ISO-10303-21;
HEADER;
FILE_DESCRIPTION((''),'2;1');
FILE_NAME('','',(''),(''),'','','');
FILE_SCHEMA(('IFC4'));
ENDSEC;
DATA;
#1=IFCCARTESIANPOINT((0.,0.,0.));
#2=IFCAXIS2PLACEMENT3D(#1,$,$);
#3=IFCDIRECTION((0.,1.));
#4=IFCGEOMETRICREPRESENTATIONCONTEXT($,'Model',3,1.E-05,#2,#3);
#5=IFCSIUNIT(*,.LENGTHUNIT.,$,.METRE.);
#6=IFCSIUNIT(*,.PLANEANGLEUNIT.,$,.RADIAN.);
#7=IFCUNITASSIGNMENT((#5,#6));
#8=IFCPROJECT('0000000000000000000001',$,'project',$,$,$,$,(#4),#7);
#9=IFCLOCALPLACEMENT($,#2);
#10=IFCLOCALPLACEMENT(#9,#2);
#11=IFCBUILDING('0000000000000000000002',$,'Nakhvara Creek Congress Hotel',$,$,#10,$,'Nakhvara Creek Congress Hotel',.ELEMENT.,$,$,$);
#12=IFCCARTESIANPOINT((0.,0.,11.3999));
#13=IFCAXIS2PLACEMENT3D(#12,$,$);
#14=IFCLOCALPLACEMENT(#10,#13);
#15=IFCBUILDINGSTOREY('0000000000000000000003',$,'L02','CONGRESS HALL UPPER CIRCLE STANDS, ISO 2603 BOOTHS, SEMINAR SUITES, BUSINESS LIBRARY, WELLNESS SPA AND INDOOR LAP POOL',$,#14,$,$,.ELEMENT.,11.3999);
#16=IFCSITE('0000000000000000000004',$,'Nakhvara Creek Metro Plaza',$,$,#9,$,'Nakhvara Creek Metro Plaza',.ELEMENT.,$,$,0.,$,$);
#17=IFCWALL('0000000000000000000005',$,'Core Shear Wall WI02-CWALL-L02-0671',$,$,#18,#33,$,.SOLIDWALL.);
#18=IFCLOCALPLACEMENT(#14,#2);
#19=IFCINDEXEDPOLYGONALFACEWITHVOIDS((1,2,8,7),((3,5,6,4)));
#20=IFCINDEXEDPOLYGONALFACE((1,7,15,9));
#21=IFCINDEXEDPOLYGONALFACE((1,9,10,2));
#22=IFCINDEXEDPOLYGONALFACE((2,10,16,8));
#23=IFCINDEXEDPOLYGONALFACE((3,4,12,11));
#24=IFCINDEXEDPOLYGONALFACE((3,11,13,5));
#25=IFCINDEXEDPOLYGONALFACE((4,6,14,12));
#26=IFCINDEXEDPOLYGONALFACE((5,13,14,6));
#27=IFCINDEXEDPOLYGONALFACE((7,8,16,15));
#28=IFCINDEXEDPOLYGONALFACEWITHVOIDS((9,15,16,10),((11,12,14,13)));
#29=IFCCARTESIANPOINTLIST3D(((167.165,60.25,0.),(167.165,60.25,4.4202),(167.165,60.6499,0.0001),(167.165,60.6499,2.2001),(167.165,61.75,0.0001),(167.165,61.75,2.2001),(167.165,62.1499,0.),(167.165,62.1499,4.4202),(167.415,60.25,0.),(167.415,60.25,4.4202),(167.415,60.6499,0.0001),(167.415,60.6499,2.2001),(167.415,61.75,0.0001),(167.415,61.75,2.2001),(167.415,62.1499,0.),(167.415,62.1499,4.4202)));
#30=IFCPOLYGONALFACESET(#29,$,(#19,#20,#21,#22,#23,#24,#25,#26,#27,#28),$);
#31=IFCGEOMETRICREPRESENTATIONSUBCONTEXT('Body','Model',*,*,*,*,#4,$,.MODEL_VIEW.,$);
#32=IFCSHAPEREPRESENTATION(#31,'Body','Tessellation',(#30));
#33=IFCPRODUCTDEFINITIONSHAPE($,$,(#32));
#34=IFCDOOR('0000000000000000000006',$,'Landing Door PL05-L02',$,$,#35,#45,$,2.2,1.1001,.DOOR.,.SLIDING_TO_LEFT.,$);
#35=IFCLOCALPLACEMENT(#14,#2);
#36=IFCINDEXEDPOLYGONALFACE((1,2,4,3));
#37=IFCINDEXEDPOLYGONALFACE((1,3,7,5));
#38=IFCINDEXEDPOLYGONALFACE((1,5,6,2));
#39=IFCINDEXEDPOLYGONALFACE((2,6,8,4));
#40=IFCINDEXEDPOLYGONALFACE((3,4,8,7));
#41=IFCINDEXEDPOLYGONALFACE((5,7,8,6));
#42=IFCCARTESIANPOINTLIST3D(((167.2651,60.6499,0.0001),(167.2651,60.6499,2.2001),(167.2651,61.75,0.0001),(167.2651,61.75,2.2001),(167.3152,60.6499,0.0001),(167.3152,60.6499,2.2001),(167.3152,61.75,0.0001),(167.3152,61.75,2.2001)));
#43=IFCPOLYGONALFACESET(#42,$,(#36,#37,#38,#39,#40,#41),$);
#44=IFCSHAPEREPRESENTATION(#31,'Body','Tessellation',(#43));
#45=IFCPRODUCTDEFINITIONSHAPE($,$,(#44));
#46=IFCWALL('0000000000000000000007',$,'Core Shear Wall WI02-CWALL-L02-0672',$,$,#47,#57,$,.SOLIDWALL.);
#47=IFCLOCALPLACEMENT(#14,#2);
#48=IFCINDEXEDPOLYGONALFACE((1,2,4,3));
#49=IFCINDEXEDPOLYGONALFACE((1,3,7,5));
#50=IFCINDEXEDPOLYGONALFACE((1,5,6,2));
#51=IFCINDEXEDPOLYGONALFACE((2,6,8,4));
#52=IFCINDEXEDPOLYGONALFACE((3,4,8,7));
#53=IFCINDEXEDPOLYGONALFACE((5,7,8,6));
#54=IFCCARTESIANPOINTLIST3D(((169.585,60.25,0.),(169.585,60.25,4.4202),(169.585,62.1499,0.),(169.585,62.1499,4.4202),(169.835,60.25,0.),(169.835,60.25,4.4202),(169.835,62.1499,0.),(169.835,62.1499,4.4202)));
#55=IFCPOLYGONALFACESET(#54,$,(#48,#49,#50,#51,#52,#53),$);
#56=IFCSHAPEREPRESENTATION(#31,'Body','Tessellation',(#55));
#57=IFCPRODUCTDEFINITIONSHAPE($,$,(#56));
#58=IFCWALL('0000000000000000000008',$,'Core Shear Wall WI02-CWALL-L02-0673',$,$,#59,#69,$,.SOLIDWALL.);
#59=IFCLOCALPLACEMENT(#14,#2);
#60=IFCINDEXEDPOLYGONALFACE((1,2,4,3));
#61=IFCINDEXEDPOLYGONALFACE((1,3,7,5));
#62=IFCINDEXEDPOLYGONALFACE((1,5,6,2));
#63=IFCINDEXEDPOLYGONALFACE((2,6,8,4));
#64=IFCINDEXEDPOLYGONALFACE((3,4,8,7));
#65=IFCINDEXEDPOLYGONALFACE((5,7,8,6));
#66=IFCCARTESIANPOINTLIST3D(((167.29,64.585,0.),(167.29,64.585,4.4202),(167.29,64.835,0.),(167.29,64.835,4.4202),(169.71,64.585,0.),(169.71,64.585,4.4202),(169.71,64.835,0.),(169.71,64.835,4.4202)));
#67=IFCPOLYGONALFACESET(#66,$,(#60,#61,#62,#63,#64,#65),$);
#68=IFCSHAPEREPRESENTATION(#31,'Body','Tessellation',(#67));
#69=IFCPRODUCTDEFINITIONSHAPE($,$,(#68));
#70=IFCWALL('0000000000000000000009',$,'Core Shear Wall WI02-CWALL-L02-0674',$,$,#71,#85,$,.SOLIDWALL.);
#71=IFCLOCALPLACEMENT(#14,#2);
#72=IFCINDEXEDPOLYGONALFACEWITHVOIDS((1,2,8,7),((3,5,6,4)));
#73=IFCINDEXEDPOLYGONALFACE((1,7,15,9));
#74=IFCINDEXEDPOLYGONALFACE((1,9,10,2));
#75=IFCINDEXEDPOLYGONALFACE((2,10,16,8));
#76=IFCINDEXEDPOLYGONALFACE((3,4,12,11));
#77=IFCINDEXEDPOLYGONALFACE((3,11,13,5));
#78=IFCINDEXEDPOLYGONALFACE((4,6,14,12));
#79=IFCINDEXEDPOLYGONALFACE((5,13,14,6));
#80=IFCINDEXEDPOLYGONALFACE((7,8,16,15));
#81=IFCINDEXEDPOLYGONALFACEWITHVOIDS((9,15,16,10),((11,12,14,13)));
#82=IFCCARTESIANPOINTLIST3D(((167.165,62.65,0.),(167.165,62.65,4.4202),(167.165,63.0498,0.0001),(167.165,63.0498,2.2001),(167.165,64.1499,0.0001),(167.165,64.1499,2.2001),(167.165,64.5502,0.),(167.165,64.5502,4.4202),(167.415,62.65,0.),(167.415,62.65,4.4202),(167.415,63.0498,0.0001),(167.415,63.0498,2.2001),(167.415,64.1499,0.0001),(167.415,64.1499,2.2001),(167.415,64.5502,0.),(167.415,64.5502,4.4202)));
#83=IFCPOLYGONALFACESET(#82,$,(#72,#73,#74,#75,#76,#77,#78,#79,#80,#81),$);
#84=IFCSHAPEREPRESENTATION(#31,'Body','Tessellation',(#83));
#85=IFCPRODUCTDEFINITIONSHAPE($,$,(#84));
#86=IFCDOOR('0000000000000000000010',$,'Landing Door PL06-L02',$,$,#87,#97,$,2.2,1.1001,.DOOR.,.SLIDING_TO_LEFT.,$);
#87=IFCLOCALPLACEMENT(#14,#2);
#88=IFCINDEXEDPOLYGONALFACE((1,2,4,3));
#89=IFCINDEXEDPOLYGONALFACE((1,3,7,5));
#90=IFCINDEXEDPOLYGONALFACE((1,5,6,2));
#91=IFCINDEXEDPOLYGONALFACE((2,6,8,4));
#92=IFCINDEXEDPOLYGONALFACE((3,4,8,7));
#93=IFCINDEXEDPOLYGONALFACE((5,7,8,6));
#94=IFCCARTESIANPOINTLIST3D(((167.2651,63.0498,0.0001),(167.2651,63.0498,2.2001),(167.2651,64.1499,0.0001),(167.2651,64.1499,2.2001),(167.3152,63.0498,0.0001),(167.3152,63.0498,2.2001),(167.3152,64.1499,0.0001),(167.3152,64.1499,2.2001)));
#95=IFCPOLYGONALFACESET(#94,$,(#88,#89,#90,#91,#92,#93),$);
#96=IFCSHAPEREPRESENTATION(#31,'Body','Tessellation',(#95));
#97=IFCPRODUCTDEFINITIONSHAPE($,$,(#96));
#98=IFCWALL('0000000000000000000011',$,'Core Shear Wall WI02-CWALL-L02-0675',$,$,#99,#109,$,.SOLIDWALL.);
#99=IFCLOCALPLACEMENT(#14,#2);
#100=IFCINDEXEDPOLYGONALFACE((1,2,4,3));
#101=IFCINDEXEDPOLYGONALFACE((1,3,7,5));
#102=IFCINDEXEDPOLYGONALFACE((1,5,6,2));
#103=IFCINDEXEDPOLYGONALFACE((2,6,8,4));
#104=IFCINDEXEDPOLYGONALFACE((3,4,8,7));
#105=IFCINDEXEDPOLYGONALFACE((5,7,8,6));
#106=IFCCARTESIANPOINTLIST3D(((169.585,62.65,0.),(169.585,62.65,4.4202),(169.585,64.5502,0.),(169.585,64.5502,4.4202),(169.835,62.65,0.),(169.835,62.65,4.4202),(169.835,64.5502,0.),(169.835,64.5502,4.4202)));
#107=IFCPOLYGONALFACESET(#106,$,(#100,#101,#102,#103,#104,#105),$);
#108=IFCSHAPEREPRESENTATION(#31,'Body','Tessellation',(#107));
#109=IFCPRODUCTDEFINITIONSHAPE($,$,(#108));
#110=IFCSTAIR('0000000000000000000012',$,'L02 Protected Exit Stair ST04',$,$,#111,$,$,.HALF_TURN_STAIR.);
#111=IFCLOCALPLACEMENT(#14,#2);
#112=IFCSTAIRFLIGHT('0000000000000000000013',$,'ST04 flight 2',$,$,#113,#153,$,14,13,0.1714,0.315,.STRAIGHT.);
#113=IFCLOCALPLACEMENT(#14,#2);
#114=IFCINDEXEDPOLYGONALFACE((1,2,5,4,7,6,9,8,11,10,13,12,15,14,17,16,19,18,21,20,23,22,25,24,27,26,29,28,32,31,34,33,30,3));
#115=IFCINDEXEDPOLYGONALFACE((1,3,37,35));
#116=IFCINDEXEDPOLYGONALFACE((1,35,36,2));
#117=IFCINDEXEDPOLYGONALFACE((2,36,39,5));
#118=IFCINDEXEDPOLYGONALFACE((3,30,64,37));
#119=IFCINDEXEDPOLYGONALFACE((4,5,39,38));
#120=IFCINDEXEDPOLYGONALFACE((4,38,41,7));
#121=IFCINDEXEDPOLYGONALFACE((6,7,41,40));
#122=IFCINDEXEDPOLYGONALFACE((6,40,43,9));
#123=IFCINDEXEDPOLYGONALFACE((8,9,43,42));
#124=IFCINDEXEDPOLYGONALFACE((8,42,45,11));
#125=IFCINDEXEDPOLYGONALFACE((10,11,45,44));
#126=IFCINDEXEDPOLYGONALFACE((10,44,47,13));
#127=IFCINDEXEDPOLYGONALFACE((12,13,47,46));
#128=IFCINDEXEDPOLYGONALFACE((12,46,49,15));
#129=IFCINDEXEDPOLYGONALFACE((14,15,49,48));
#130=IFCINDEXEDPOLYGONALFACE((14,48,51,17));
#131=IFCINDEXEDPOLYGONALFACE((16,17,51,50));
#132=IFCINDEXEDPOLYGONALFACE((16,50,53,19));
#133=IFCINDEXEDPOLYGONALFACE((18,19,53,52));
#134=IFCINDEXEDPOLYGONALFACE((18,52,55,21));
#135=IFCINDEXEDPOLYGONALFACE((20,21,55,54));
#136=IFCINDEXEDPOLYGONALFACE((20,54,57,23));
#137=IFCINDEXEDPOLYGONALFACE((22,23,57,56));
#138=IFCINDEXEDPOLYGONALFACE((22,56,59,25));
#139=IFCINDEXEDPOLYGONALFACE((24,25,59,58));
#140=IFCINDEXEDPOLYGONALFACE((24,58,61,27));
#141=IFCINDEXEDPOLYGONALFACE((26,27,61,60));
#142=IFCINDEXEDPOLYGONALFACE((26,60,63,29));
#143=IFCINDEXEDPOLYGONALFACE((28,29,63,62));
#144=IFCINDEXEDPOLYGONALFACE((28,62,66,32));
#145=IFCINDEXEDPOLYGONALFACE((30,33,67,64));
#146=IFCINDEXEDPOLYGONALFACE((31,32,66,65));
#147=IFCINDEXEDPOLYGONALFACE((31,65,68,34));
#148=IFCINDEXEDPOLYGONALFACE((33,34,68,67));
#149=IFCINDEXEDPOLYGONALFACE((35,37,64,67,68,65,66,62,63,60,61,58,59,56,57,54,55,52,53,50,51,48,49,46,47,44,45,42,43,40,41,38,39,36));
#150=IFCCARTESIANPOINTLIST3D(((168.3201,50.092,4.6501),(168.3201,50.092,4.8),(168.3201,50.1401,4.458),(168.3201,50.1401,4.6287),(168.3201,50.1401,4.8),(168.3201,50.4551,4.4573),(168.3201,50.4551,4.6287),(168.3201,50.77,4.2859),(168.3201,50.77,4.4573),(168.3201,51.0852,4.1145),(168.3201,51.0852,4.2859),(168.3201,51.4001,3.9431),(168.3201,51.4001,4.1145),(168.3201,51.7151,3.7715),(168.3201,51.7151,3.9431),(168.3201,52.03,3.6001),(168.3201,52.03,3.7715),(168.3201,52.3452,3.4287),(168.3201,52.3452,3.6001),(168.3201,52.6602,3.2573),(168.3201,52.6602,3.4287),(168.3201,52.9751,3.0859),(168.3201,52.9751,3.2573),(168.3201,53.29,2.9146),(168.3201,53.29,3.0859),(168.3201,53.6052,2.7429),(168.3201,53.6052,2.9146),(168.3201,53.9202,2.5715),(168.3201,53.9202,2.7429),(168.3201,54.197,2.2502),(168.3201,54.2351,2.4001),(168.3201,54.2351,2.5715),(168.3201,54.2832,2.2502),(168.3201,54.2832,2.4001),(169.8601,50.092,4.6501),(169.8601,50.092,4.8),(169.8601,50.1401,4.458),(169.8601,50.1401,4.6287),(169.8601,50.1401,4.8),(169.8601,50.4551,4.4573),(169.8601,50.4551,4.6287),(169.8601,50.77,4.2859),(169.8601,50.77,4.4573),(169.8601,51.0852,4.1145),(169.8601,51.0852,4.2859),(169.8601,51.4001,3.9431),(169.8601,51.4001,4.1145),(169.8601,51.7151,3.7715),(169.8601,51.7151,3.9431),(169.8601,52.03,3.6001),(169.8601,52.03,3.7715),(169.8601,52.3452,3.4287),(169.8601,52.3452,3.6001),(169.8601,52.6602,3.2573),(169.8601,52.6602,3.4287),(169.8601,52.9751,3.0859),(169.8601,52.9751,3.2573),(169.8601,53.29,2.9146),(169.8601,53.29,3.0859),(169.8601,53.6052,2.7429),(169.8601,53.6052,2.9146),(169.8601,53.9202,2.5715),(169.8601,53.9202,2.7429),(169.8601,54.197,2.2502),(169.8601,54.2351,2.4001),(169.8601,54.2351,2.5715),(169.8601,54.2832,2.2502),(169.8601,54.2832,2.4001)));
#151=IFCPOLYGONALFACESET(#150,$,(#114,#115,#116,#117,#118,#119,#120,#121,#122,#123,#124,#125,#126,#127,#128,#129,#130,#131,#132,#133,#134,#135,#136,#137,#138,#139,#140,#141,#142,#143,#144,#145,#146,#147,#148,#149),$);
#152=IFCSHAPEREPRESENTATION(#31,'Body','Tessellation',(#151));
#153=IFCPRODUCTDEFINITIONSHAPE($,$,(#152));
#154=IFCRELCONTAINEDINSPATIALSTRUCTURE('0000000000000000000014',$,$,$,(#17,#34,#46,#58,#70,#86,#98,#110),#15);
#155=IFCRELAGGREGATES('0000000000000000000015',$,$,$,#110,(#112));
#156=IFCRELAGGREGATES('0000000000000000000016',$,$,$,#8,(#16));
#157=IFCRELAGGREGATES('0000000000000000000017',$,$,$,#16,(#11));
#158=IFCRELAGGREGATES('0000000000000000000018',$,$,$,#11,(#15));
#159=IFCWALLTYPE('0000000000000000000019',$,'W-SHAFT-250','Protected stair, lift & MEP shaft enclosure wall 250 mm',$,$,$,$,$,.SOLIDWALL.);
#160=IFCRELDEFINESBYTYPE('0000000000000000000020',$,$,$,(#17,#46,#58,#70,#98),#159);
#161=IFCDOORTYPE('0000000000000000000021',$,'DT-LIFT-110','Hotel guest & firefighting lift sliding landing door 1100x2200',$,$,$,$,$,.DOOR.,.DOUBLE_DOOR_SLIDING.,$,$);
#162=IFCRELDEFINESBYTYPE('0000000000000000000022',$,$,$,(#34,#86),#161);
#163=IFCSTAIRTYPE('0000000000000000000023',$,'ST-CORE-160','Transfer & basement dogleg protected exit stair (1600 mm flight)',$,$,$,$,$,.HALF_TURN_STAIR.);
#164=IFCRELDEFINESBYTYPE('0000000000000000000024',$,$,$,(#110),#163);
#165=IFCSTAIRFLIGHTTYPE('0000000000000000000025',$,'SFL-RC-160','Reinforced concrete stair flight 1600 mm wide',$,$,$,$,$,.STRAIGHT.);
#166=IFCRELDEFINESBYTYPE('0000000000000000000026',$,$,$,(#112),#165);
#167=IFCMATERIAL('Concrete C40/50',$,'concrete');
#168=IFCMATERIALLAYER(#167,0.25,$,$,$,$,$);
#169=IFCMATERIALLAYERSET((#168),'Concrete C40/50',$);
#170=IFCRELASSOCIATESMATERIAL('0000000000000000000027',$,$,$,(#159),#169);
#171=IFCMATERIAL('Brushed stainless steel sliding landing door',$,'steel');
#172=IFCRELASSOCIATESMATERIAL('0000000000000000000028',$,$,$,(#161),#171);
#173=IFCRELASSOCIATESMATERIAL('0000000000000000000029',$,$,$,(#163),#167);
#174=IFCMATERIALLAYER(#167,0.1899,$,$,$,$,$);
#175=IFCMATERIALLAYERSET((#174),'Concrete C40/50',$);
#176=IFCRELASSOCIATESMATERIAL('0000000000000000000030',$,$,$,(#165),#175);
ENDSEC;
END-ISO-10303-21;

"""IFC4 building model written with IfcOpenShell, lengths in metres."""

from ifc_helpers import new_model, si_unit, direction, frame, frame_2d, origin, place, context, subcontext, project, spatial, polyline, rectangle, outline, extrude, material, layer, layer_set, type_object, element, fill, aggregate, save


model = new_model("IFC4")

# Units and contexts
model_context = context("Model", 3, precision=1e-05, world=origin(), true_north=direction((0.0, 1.0)))
body_context = subcontext(model_context, "Body", "Model", "MODEL_VIEW")
ifc_project = project(units=[si_unit("LENGTHUNIT", "METRE"), si_unit("PLANEANGLEUNIT", "RADIAN")], contexts=[model_context])

# Site, building, storey
site_placement = place(None, origin())
site = spatial("IfcSite", under=ifc_project, at=site_placement, Name="Nakhvara Creek Metro Plaza", LongName="Nakhvara Creek Metro Plaza", CompositionType="ELEMENT", RefElevation=0.0)
building_placement = place(site_placement, origin())
building = spatial("IfcBuilding", under=site, at=building_placement, Name="Nakhvara Creek Congress Hotel", LongName="Nakhvara Creek Congress Hotel", CompositionType="ELEMENT")
storey_placement = place(building_placement, frame((0.0, 0.0, 11.3999)))
storey = spatial("IfcBuildingStorey", under=building, at=storey_placement, Name="L02", Description="CONGRESS HALL UPPER CIRCLE STANDS, ISO 2603 BOOTHS, SEMINAR SUITES, BUSINESS LIBRARY, WELLNESS SPA AND INDOOR LAP POOL", CompositionType="ELEMENT", Elevation=11.3999)

# Shared definitions
ifc_material_1 = material(Name="Concrete C40/50", Category="concrete")

# Shared definitions
ifc_layer_1 = layer(ifc_material_1, 0.25)
ifc_layer_set_1 = layer_set([ifc_layer_1], Name="Concrete C40/50")
wall_type_1 = type_object("IfcWallType", Name="W-SHAFT-250", Description="Protected stair, lift & MEP shaft enclosure wall 250 mm", PredefinedType="SOLIDWALL", material=ifc_layer_set_1)

# Wall, opening, door
wall_1_placement = place(storey_placement, frame((167.29, 60.25, 0.0), z_axis=(0.0, 0.0, 1.0), x_axis=(0.0, 1.0, 0.0)))
wall_1 = element("IfcWall", 1, at=wall_1_placement, inside=storey, type_object=wall_type_1, Name="Core Shear Wall WI02-CWALL-L02-0671", PredefinedType="SOLIDWALL", context=body_context, shape_type="SweptSolid", body=[
    extrude(rectangle(XDim=1.8999, YDim=0.25, at=frame_2d((0.95, 0.0))), origin(), (0.0, 0.0, 1.0), 4.4202),
])
opening_1_placement = place(wall_1_placement, frame((0.3999, 0.0, 0.0)))
opening_1 = element("IfcOpeningElement", 2, at=opening_1_placement, cuts=wall_1, PredefinedType="OPENING", context=body_context, shape_type="SweptSolid", body=[
    extrude(rectangle(XDim=1.1001, YDim=2.2, at=frame_2d((0.55, 1.1001))), frame((0.0, 0.137, 0.0), z_axis=(0.0, -1.0, 0.0), x_axis=(1.0, 0.0, 0.0)), (0.0, 0.0, 1.0), 0.2739),
])
ifc_material_2 = material(Name="Brushed stainless steel sliding landing door", Category="steel")
door_type_1 = type_object("IfcDoorType", Name="DT-LIFT-110", Description="Hotel guest & firefighting lift sliding landing door 1100x2200", OperationType="DOUBLE_DOOR_SLIDING", PredefinedType="DOOR", material=ifc_material_2)
door_1_placement = place(opening_1_placement, origin())
door_1 = element("IfcDoor", 3, at=door_1_placement, inside=storey, type_object=door_type_1, Name="Landing Door PL05-L02", OperationType="SLIDING_TO_LEFT", OverallHeight=2.2, OverallWidth=1.1001, PredefinedType="DOOR", context=body_context, shape_type="SweptSolid", body=[
    extrude(rectangle(XDim=1.1001, YDim=2.2, at=frame_2d((0.55, 1.1001))), frame((0.0, 0.0249, 0.0), z_axis=(0.0, -1.0, 0.0), x_axis=(1.0, 0.0, 0.0)), (0.0, 0.0, 1.0), 0.05),
])
fill(opening_1, door_1)

# Walls
wall_2_placement = place(storey_placement, frame((169.71, 60.25, 0.0), z_axis=(0.0, 0.0, 1.0), x_axis=(0.0, 1.0, 0.0)))
element("IfcWall", 4, at=wall_2_placement, inside=storey, type_object=wall_type_1, Name="Core Shear Wall WI02-CWALL-L02-0672", PredefinedType="SOLIDWALL", context=body_context, shape_type="SweptSolid", body=[
    extrude(rectangle(XDim=1.8999, YDim=0.25, at=frame_2d((0.95, 0.0))), origin(), (0.0, 0.0, 1.0), 4.4202),
])
wall_3_placement = place(storey_placement, frame((167.29, 64.71, 0.0), z_axis=(0.0, 0.0, 1.0), x_axis=(1.0, 0.0, 0.0)))
element("IfcWall", 5, at=wall_3_placement, inside=storey, type_object=wall_type_1, Name="Core Shear Wall WI02-CWALL-L02-0673", PredefinedType="SOLIDWALL", context=body_context, shape_type="SweptSolid", body=[
    extrude(rectangle(XDim=2.4199, YDim=0.25, at=frame_2d((1.21, 0.0))), origin(), (0.0, 0.0, 1.0), 4.4202),
])

# Wall, opening, door
wall_4_placement = place(storey_placement, frame((167.29, 62.6499, 0.0), z_axis=(0.0, 0.0, 1.0), x_axis=(0.0, 1.0, 0.0)))
wall_4 = element("IfcWall", 6, at=wall_4_placement, inside=storey, type_object=wall_type_1, Name="Core Shear Wall WI02-CWALL-L02-0674", PredefinedType="SOLIDWALL", context=body_context, shape_type="SweptSolid", body=[
    extrude(rectangle(XDim=1.9001, YDim=0.25, at=frame_2d((0.9502, 0.0))), origin(), (0.0, 0.0, 1.0), 4.4202),
])
opening_2_placement = place(wall_4_placement, frame((0.3999, 0.0, 0.0)))
opening_2 = element("IfcOpeningElement", 7, at=opening_2_placement, cuts=wall_4, PredefinedType="OPENING", context=body_context, shape_type="SweptSolid", body=[
    extrude(rectangle(XDim=1.1001, YDim=2.2, at=frame_2d((0.55, 1.1001))), frame((0.0, 0.137, 0.0), z_axis=(0.0, -1.0, 0.0), x_axis=(1.0, 0.0, 0.0)), (0.0, 0.0, 1.0), 0.2739),
])
door_2_placement = place(opening_2_placement, origin())
door_2 = element("IfcDoor", 8, at=door_2_placement, inside=storey, type_object=door_type_1, Name="Landing Door PL06-L02", OperationType="SLIDING_TO_LEFT", OverallHeight=2.2, OverallWidth=1.1001, PredefinedType="DOOR", context=body_context, shape_type="SweptSolid", body=[
    extrude(rectangle(XDim=1.1001, YDim=2.2, at=frame_2d((0.55, 1.1001))), frame((0.0, 0.0249, 0.0), z_axis=(0.0, -1.0, 0.0), x_axis=(1.0, 0.0, 0.0)), (0.0, 0.0, 1.0), 0.05),
])
fill(opening_2, door_2)

# Wall
wall_5_placement = place(storey_placement, frame((169.71, 62.6499, 0.0), z_axis=(0.0, 0.0, 1.0), x_axis=(0.0, 1.0, 0.0)))
element("IfcWall", 9, at=wall_5_placement, inside=storey, type_object=wall_type_1, Name="Core Shear Wall WI02-CWALL-L02-0675", PredefinedType="SOLIDWALL", context=body_context, shape_type="SweptSolid", body=[
    extrude(rectangle(XDim=1.9001, YDim=0.25, at=frame_2d((0.9502, 0.0))), origin(), (0.0, 0.0, 1.0), 4.4202),
])

# Stair, stair flight
stair_type = type_object("IfcStairType", Name="ST-CORE-160", Description="Transfer & basement dogleg protected exit stair (1600 mm flight)", PredefinedType="HALF_TURN_STAIR", material=ifc_material_1)
stair_placement = place(storey_placement, origin())
stair = element("IfcStair", 10, at=stair_placement, inside=storey, type_object=stair_type, Name="L02 Protected Exit Stair ST04", PredefinedType="HALF_TURN_STAIR")
ifc_layer_2 = layer(ifc_material_1, 0.1899)
ifc_layer_set_2 = layer_set([ifc_layer_2], Name="Concrete C40/50")
stair_flight_type = type_object("IfcStairFlightType", Name="SFL-RC-160", Description="Reinforced concrete stair flight 1600 mm wide", PredefinedType="STRAIGHT", material=ifc_layer_set_2)
stair_flight_placement = place(storey_placement, frame((169.0901, 54.2351, 2.4001), z_axis=(0.0, 0.0, 1.0), x_axis=(0.0, -1.0, 0.0)))
stair_flight = element("IfcStairFlight", 11, at=stair_flight_placement, type_object=stair_flight_type, Name="ST04 flight 2", NumberOfRisers=14, NumberOfTreads=13, PredefinedType="STRAIGHT", RiserHeight=0.1714, TreadLength=0.315, context=body_context, shape_type="SweptSolid", body=[
    extrude(outline(polyline([(-0.0481, 0.0), (0.0, 0.0), (0.0, 0.1714), (0.3149, 0.1714), (0.3149, 0.3428), (0.6299, 0.3428), (0.6299, 0.5144), (0.9451, 0.5144), (0.9451, 0.6858), (1.26, 0.6858), (1.26, 0.8572), (1.575, 0.8572), (1.575, 1.0286), (1.8899, 1.0286), (1.8899, 1.2), (2.2051, 1.2), (2.2051, 1.3713), (2.52, 1.3713), (2.52, 1.543), (2.835, 1.543), (2.835, 1.7144), (3.1499, 1.7144), (3.1499, 1.8857), (3.4651, 1.8857), (3.4651, 2.0571), (3.78, 2.0571), (3.78, 2.2285), (4.095, 2.2285), (4.095, 2.3999), (4.1431, 2.3999), (4.1431, 2.25), (4.095, 2.0579), (0.0381, -0.1499), (-0.0481, -0.1499), (-0.0481, 0.0)])), frame((0.0, 0.77, 0.0), z_axis=(0.0, -1.0, 0.0), x_axis=(1.0, 0.0, 0.0)), (0.0, 0.0, 1.0), 1.54),
])
aggregate(stair, [stair_flight])

save(model, "model.ifc")
